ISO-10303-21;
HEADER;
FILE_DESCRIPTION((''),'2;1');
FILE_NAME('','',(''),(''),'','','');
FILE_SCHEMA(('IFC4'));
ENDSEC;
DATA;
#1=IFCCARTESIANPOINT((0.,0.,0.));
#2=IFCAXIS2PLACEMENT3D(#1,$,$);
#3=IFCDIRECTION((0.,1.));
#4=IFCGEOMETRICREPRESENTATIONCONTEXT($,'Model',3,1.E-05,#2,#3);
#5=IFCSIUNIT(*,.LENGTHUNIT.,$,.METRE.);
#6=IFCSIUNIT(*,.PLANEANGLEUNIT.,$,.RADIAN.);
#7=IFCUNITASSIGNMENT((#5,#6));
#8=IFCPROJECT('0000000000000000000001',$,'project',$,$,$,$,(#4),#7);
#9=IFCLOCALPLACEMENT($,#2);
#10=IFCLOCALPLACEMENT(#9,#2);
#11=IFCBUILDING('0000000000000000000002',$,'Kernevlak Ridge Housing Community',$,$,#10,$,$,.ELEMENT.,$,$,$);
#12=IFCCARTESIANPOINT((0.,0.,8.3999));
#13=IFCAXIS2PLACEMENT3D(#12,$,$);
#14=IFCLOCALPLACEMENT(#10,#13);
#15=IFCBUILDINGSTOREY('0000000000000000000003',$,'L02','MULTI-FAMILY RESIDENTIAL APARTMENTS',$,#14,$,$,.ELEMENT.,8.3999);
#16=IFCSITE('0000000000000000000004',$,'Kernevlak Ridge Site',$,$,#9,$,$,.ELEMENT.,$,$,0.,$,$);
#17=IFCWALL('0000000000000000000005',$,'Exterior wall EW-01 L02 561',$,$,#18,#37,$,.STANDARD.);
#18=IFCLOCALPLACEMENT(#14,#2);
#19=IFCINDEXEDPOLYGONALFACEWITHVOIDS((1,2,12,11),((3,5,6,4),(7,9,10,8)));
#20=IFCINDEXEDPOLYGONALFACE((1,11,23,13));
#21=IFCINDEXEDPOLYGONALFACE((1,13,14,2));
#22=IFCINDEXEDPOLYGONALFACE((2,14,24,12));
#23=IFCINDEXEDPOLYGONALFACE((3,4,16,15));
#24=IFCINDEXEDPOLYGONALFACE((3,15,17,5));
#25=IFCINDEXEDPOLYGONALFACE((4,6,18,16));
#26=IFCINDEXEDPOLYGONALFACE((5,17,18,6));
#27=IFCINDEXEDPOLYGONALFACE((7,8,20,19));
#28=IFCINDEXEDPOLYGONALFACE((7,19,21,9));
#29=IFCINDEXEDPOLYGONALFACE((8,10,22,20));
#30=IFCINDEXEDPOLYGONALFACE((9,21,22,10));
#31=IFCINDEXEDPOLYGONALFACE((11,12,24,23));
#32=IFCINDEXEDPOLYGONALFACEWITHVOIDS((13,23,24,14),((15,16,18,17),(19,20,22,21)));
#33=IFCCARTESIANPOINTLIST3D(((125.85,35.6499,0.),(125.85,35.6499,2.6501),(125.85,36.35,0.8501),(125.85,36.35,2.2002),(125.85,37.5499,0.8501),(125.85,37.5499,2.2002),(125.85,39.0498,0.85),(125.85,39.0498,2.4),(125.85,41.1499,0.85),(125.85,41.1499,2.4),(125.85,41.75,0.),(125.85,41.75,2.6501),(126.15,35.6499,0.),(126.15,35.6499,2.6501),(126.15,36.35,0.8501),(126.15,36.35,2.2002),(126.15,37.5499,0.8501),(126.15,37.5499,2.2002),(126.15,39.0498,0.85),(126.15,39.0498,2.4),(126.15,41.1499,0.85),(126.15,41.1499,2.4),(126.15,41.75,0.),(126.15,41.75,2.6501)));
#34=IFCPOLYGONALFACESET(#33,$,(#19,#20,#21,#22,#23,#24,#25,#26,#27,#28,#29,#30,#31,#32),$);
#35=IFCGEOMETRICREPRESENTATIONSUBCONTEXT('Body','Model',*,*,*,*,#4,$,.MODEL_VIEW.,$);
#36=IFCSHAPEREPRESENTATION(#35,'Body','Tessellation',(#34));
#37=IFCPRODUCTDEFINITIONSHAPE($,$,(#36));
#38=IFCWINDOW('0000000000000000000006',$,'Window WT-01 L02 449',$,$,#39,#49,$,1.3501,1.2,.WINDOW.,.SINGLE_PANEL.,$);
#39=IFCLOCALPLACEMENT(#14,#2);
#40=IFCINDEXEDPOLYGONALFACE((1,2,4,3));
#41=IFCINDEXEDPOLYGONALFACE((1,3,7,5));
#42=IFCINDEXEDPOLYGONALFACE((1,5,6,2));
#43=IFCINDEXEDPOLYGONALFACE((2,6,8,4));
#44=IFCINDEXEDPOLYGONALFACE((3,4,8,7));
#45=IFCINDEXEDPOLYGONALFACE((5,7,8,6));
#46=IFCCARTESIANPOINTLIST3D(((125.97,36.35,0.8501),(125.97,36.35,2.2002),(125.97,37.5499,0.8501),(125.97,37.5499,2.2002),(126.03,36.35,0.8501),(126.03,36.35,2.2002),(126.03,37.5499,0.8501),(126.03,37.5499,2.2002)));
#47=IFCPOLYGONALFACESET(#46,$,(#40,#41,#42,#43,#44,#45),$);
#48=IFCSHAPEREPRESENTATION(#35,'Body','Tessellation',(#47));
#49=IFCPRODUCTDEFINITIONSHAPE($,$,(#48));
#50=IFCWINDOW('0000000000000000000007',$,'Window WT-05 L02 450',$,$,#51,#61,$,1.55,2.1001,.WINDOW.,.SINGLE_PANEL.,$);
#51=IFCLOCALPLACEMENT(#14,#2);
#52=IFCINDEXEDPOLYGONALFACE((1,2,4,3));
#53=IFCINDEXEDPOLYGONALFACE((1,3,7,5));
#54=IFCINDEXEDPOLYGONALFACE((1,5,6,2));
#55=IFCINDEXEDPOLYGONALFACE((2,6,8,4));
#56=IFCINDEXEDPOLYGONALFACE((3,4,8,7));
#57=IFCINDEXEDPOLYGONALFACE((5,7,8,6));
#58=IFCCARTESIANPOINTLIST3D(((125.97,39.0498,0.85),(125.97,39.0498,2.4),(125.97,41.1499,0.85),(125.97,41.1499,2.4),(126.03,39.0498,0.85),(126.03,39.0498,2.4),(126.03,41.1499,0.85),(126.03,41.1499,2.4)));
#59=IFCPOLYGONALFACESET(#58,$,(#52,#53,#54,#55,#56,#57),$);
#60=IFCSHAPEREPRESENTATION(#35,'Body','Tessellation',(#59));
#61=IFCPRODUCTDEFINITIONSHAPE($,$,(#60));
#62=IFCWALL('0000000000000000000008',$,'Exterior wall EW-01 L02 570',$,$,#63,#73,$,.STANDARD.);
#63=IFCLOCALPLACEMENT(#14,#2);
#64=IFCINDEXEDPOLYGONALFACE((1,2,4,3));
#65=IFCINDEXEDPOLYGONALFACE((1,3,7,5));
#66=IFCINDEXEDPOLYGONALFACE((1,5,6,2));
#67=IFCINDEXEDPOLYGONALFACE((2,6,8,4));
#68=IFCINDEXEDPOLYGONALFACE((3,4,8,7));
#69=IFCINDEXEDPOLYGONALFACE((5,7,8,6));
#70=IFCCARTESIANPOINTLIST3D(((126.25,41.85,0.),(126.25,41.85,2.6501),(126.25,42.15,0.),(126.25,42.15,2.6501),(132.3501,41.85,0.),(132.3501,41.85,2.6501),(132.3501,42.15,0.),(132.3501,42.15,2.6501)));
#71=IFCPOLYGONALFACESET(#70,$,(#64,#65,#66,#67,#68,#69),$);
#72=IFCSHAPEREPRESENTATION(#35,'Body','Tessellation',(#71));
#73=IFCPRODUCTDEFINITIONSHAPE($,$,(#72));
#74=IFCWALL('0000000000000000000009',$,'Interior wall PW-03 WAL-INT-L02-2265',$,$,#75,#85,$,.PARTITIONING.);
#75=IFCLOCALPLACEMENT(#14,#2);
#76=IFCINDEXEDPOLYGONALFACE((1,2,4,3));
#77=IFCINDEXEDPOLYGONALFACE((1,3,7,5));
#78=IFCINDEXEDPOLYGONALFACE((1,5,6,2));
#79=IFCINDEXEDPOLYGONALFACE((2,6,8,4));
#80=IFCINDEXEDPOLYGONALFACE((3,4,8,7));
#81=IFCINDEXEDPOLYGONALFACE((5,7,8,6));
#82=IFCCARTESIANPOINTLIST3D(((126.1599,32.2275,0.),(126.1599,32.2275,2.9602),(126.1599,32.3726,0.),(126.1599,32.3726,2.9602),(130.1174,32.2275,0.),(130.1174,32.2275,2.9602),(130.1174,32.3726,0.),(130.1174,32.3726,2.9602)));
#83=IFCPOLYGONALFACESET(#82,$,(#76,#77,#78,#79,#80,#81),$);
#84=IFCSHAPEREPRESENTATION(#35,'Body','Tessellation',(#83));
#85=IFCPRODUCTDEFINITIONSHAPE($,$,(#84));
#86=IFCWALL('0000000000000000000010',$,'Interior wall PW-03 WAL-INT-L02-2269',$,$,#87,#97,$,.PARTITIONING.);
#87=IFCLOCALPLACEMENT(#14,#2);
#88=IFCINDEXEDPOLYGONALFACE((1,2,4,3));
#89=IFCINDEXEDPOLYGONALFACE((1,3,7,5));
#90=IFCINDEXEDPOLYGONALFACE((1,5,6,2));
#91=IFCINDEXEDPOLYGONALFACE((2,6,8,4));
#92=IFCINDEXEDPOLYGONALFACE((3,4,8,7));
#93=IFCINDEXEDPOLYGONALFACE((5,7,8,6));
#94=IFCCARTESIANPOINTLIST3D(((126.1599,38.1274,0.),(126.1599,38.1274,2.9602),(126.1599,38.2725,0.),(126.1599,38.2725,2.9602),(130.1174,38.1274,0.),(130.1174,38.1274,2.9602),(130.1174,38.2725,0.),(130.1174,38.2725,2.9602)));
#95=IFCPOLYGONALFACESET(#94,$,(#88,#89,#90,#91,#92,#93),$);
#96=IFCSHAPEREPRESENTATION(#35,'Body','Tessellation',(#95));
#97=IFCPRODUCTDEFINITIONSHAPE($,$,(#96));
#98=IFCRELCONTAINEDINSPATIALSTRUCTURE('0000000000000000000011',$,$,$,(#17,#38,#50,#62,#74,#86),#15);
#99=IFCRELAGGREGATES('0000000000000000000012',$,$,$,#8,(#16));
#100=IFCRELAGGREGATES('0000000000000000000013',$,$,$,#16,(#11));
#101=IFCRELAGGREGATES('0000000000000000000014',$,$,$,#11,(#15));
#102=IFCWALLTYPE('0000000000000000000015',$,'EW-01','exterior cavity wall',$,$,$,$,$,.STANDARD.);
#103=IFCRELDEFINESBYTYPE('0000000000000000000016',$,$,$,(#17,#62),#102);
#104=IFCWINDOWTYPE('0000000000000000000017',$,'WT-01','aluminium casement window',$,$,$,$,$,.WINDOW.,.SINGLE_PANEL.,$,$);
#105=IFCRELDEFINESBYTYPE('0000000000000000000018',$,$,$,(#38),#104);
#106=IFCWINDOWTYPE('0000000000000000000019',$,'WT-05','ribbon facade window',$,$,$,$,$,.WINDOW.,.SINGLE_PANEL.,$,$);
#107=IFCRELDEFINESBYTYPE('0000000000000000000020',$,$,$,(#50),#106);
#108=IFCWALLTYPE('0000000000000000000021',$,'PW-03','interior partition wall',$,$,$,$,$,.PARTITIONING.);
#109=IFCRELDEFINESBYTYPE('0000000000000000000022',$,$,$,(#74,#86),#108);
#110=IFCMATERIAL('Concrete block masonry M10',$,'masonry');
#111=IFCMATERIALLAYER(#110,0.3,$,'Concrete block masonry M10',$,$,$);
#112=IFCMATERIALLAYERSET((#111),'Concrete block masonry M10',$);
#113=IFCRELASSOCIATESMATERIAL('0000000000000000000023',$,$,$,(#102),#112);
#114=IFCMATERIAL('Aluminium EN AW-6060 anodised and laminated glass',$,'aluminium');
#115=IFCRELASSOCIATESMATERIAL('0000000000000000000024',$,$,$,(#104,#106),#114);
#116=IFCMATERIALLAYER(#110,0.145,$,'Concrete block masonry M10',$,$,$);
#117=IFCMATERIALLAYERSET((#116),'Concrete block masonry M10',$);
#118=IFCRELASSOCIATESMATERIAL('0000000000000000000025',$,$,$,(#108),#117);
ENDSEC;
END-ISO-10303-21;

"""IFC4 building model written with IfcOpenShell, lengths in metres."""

from ifc_helpers import new_model, si_unit, direction, frame, frame_2d, origin, place, context, subcontext, project, spatial, rectangle, extrude, material, layer, layer_set, type_object, element, fill, save


model = new_model("IFC4")

# Units and contexts
model_context = context("Model", 3, precision=1e-05, world=origin(), true_north=direction((0.0, 1.0)))
body_context = subcontext(model_context, "Body", "Model", "MODEL_VIEW")
ifc_project = project(units=[si_unit("LENGTHUNIT", "METRE"), si_unit("PLANEANGLEUNIT", "RADIAN")], contexts=[model_context])

# Site, building, storey
site_placement = place(None, origin())
site = spatial("IfcSite", under=ifc_project, at=site_placement, Name="Kernevlak Ridge Site", CompositionType="ELEMENT", RefElevation=0.0)
building_placement = place(site_placement, origin())
building = spatial("IfcBuilding", under=site, at=building_placement, Name="Kernevlak Ridge Housing Community", CompositionType="ELEMENT")
storey_placement = place(building_placement, frame((0.0, 0.0, 8.3999)))
storey = spatial("IfcBuildingStorey", under=building, at=storey_placement, Name="L02", Description="MULTI-FAMILY RESIDENTIAL APARTMENTS", CompositionType="ELEMENT", Elevation=8.3999)

# Shared definitions
ifc_material_1 = material(Name="Concrete block masonry M10", Category="masonry")
ifc_layer_1 = layer(ifc_material_1, 0.3, Name="Concrete block masonry M10")
ifc_layer_set_1 = layer_set([ifc_layer_1], Name="Concrete block masonry M10")
wall_type_1 = type_object("IfcWallType", Name="EW-01", Description="exterior cavity wall", PredefinedType="STANDARD", material=ifc_layer_set_1)

# Wall, openings, windows
ifc_material_2 = material(Name="Aluminium EN AW-6060 anodised and laminated glass", Category="aluminium")
wall_1_placement = place(storey_placement, frame((126.0, 35.6499, 0.0), z_axis=(0.0, 0.0, 1.0), x_axis=(0.0, 1.0, 0.0)))
wall_1 = element("IfcWall", 1, at=wall_1_placement, inside=storey, type_object=wall_type_1, Name="Exterior wall EW-01 L02 561", PredefinedType="STANDARD", context=body_context, shape_type="SweptSolid", body=[
    extrude(rectangle(XDim=6.1001, YDim=0.3, at=frame_2d((3.05, 0.0))), origin(), (0.0, 0.0, 1.0), 2.6501),
])
opening_1_placement = place(wall_1_placement, frame((0.7, 0.0, 0.8501)))
opening_1 = element("IfcOpeningElement", 2, at=opening_1_placement, cuts=wall_1, PredefinedType="OPENING", context=body_context, shape_type="SweptSolid", body=[
    extrude(rectangle(XDim=1.2, YDim=1.3501, at=frame_2d((0.6001, 0.675))), frame((0.0, 0.1599, 0.0), z_axis=(0.0, -1.0, 0.0), x_axis=(1.0, 0.0, 0.0)), (0.0, 0.0, 1.0), 0.3201),
])
opening_2_placement = place(wall_1_placement, frame((3.3999, 0.0, 0.8501)))
opening_2 = element("IfcOpeningElement", 3, at=opening_2_placement, cuts=wall_1, PredefinedType="OPENING", context=body_context, shape_type="SweptSolid", body=[
    extrude(rectangle(XDim=2.1001, YDim=1.55, at=frame_2d((1.05, 0.7749))), frame((0.0, 0.1599, 0.0), z_axis=(0.0, -1.0, 0.0), x_axis=(1.0, 0.0, 0.0)), (0.0, 0.0, 1.0), 0.3201),
])
window_type_1 = type_object("IfcWindowType", Name="WT-01", Description="aluminium casement window", PartitioningType="SINGLE_PANEL", PredefinedType="WINDOW", material=ifc_material_2)
window_1_placement = place(opening_1_placement, origin())
window_1 = element("IfcWindow", 4, at=window_1_placement, inside=storey, type_object=window_type_1, Name="Window WT-01 L02 449", OverallHeight=1.3501, OverallWidth=1.2, PartitioningType="SINGLE_PANEL", PredefinedType="WINDOW", context=body_context, shape_type="SweptSolid", body=[
    extrude(rectangle(XDim=1.2, YDim=1.3501, at=frame_2d((0.6001, 0.675))), frame((0.0, 0.03, 0.0), z_axis=(0.0, -1.0, 0.0), x_axis=(1.0, 0.0, 0.0)), (0.0, 0.0, 1.0), 0.0601),
])
fill(opening_1, window_1)
window_type_2 = type_object("IfcWindowType", Name="WT-05", Description="ribbon facade window", PartitioningType="SINGLE_PANEL", PredefinedType="WINDOW", material=ifc_material_2)
window_2_placement = place(opening_2_placement, origin())
window_2 = element("IfcWindow", 5, at=window_2_placement, inside=storey, type_object=window_type_2, Name="Window WT-05 L02 450", OverallHeight=1.55, OverallWidth=2.1001, PartitioningType="SINGLE_PANEL", PredefinedType="WINDOW", context=body_context, shape_type="SweptSolid", body=[
    extrude(rectangle(XDim=2.1001, YDim=1.55, at=frame_2d((1.05, 0.7749))), frame((0.0, 0.03, 0.0), z_axis=(0.0, -1.0, 0.0), x_axis=(1.0, 0.0, 0.0)), (0.0, 0.0, 1.0), 0.0601),
])
fill(opening_2, window_2)

# Walls
wall_2_placement = place(storey_placement, frame((126.25, 42.0, 0.0), z_axis=(0.0, 0.0, 1.0), x_axis=(1.0, 0.0, 0.0)))
element("IfcWall", 6, at=wall_2_placement, inside=storey, type_object=wall_type_1, Name="Exterior wall EW-01 L02 570", PredefinedType="STANDARD", context=body_context, shape_type="SweptSolid", body=[
    extrude(rectangle(XDim=6.1001, YDim=0.3, at=frame_2d((3.05, 0.0))), origin(), (0.0, 0.0, 1.0), 2.6501),
])
ifc_layer_2 = layer(ifc_material_1, 0.145, Name="Concrete block masonry M10")
ifc_layer_set_2 = layer_set([ifc_layer_2], Name="Concrete block masonry M10")
wall_type_2 = type_object("IfcWallType", Name="PW-03", Description="interior partition wall", PredefinedType="PARTITIONING", material=ifc_layer_set_2)
for number, where, z_axis, x_axis, name in (
    (7, (130.1174, 32.3, 0.0), (0.0, 0.0, 1.0), (-1.0, 0.0, 0.0), "Interior wall PW-03 WAL-INT-L02-2265"),
    (8, (130.1174, 38.2, 0.0), (0.0, 0.0, 1.0), (-1.0, 0.0, 0.0), "Interior wall PW-03 WAL-INT-L02-2269"),
):
    element("IfcWall", number, at=place(storey_placement, frame(where, z_axis=z_axis, x_axis=x_axis)), inside=storey, type_object=wall_type_2, Name=name, PredefinedType="PARTITIONING", context=body_context, shape_type="SweptSolid", body=[
        extrude(rectangle(XDim=3.9575, YDim=0.145, at=frame_2d((1.9788, 0.0))), origin(), (0.0, 0.0, 1.0), 2.9602),
    ])

save(model, "model.ifc")
